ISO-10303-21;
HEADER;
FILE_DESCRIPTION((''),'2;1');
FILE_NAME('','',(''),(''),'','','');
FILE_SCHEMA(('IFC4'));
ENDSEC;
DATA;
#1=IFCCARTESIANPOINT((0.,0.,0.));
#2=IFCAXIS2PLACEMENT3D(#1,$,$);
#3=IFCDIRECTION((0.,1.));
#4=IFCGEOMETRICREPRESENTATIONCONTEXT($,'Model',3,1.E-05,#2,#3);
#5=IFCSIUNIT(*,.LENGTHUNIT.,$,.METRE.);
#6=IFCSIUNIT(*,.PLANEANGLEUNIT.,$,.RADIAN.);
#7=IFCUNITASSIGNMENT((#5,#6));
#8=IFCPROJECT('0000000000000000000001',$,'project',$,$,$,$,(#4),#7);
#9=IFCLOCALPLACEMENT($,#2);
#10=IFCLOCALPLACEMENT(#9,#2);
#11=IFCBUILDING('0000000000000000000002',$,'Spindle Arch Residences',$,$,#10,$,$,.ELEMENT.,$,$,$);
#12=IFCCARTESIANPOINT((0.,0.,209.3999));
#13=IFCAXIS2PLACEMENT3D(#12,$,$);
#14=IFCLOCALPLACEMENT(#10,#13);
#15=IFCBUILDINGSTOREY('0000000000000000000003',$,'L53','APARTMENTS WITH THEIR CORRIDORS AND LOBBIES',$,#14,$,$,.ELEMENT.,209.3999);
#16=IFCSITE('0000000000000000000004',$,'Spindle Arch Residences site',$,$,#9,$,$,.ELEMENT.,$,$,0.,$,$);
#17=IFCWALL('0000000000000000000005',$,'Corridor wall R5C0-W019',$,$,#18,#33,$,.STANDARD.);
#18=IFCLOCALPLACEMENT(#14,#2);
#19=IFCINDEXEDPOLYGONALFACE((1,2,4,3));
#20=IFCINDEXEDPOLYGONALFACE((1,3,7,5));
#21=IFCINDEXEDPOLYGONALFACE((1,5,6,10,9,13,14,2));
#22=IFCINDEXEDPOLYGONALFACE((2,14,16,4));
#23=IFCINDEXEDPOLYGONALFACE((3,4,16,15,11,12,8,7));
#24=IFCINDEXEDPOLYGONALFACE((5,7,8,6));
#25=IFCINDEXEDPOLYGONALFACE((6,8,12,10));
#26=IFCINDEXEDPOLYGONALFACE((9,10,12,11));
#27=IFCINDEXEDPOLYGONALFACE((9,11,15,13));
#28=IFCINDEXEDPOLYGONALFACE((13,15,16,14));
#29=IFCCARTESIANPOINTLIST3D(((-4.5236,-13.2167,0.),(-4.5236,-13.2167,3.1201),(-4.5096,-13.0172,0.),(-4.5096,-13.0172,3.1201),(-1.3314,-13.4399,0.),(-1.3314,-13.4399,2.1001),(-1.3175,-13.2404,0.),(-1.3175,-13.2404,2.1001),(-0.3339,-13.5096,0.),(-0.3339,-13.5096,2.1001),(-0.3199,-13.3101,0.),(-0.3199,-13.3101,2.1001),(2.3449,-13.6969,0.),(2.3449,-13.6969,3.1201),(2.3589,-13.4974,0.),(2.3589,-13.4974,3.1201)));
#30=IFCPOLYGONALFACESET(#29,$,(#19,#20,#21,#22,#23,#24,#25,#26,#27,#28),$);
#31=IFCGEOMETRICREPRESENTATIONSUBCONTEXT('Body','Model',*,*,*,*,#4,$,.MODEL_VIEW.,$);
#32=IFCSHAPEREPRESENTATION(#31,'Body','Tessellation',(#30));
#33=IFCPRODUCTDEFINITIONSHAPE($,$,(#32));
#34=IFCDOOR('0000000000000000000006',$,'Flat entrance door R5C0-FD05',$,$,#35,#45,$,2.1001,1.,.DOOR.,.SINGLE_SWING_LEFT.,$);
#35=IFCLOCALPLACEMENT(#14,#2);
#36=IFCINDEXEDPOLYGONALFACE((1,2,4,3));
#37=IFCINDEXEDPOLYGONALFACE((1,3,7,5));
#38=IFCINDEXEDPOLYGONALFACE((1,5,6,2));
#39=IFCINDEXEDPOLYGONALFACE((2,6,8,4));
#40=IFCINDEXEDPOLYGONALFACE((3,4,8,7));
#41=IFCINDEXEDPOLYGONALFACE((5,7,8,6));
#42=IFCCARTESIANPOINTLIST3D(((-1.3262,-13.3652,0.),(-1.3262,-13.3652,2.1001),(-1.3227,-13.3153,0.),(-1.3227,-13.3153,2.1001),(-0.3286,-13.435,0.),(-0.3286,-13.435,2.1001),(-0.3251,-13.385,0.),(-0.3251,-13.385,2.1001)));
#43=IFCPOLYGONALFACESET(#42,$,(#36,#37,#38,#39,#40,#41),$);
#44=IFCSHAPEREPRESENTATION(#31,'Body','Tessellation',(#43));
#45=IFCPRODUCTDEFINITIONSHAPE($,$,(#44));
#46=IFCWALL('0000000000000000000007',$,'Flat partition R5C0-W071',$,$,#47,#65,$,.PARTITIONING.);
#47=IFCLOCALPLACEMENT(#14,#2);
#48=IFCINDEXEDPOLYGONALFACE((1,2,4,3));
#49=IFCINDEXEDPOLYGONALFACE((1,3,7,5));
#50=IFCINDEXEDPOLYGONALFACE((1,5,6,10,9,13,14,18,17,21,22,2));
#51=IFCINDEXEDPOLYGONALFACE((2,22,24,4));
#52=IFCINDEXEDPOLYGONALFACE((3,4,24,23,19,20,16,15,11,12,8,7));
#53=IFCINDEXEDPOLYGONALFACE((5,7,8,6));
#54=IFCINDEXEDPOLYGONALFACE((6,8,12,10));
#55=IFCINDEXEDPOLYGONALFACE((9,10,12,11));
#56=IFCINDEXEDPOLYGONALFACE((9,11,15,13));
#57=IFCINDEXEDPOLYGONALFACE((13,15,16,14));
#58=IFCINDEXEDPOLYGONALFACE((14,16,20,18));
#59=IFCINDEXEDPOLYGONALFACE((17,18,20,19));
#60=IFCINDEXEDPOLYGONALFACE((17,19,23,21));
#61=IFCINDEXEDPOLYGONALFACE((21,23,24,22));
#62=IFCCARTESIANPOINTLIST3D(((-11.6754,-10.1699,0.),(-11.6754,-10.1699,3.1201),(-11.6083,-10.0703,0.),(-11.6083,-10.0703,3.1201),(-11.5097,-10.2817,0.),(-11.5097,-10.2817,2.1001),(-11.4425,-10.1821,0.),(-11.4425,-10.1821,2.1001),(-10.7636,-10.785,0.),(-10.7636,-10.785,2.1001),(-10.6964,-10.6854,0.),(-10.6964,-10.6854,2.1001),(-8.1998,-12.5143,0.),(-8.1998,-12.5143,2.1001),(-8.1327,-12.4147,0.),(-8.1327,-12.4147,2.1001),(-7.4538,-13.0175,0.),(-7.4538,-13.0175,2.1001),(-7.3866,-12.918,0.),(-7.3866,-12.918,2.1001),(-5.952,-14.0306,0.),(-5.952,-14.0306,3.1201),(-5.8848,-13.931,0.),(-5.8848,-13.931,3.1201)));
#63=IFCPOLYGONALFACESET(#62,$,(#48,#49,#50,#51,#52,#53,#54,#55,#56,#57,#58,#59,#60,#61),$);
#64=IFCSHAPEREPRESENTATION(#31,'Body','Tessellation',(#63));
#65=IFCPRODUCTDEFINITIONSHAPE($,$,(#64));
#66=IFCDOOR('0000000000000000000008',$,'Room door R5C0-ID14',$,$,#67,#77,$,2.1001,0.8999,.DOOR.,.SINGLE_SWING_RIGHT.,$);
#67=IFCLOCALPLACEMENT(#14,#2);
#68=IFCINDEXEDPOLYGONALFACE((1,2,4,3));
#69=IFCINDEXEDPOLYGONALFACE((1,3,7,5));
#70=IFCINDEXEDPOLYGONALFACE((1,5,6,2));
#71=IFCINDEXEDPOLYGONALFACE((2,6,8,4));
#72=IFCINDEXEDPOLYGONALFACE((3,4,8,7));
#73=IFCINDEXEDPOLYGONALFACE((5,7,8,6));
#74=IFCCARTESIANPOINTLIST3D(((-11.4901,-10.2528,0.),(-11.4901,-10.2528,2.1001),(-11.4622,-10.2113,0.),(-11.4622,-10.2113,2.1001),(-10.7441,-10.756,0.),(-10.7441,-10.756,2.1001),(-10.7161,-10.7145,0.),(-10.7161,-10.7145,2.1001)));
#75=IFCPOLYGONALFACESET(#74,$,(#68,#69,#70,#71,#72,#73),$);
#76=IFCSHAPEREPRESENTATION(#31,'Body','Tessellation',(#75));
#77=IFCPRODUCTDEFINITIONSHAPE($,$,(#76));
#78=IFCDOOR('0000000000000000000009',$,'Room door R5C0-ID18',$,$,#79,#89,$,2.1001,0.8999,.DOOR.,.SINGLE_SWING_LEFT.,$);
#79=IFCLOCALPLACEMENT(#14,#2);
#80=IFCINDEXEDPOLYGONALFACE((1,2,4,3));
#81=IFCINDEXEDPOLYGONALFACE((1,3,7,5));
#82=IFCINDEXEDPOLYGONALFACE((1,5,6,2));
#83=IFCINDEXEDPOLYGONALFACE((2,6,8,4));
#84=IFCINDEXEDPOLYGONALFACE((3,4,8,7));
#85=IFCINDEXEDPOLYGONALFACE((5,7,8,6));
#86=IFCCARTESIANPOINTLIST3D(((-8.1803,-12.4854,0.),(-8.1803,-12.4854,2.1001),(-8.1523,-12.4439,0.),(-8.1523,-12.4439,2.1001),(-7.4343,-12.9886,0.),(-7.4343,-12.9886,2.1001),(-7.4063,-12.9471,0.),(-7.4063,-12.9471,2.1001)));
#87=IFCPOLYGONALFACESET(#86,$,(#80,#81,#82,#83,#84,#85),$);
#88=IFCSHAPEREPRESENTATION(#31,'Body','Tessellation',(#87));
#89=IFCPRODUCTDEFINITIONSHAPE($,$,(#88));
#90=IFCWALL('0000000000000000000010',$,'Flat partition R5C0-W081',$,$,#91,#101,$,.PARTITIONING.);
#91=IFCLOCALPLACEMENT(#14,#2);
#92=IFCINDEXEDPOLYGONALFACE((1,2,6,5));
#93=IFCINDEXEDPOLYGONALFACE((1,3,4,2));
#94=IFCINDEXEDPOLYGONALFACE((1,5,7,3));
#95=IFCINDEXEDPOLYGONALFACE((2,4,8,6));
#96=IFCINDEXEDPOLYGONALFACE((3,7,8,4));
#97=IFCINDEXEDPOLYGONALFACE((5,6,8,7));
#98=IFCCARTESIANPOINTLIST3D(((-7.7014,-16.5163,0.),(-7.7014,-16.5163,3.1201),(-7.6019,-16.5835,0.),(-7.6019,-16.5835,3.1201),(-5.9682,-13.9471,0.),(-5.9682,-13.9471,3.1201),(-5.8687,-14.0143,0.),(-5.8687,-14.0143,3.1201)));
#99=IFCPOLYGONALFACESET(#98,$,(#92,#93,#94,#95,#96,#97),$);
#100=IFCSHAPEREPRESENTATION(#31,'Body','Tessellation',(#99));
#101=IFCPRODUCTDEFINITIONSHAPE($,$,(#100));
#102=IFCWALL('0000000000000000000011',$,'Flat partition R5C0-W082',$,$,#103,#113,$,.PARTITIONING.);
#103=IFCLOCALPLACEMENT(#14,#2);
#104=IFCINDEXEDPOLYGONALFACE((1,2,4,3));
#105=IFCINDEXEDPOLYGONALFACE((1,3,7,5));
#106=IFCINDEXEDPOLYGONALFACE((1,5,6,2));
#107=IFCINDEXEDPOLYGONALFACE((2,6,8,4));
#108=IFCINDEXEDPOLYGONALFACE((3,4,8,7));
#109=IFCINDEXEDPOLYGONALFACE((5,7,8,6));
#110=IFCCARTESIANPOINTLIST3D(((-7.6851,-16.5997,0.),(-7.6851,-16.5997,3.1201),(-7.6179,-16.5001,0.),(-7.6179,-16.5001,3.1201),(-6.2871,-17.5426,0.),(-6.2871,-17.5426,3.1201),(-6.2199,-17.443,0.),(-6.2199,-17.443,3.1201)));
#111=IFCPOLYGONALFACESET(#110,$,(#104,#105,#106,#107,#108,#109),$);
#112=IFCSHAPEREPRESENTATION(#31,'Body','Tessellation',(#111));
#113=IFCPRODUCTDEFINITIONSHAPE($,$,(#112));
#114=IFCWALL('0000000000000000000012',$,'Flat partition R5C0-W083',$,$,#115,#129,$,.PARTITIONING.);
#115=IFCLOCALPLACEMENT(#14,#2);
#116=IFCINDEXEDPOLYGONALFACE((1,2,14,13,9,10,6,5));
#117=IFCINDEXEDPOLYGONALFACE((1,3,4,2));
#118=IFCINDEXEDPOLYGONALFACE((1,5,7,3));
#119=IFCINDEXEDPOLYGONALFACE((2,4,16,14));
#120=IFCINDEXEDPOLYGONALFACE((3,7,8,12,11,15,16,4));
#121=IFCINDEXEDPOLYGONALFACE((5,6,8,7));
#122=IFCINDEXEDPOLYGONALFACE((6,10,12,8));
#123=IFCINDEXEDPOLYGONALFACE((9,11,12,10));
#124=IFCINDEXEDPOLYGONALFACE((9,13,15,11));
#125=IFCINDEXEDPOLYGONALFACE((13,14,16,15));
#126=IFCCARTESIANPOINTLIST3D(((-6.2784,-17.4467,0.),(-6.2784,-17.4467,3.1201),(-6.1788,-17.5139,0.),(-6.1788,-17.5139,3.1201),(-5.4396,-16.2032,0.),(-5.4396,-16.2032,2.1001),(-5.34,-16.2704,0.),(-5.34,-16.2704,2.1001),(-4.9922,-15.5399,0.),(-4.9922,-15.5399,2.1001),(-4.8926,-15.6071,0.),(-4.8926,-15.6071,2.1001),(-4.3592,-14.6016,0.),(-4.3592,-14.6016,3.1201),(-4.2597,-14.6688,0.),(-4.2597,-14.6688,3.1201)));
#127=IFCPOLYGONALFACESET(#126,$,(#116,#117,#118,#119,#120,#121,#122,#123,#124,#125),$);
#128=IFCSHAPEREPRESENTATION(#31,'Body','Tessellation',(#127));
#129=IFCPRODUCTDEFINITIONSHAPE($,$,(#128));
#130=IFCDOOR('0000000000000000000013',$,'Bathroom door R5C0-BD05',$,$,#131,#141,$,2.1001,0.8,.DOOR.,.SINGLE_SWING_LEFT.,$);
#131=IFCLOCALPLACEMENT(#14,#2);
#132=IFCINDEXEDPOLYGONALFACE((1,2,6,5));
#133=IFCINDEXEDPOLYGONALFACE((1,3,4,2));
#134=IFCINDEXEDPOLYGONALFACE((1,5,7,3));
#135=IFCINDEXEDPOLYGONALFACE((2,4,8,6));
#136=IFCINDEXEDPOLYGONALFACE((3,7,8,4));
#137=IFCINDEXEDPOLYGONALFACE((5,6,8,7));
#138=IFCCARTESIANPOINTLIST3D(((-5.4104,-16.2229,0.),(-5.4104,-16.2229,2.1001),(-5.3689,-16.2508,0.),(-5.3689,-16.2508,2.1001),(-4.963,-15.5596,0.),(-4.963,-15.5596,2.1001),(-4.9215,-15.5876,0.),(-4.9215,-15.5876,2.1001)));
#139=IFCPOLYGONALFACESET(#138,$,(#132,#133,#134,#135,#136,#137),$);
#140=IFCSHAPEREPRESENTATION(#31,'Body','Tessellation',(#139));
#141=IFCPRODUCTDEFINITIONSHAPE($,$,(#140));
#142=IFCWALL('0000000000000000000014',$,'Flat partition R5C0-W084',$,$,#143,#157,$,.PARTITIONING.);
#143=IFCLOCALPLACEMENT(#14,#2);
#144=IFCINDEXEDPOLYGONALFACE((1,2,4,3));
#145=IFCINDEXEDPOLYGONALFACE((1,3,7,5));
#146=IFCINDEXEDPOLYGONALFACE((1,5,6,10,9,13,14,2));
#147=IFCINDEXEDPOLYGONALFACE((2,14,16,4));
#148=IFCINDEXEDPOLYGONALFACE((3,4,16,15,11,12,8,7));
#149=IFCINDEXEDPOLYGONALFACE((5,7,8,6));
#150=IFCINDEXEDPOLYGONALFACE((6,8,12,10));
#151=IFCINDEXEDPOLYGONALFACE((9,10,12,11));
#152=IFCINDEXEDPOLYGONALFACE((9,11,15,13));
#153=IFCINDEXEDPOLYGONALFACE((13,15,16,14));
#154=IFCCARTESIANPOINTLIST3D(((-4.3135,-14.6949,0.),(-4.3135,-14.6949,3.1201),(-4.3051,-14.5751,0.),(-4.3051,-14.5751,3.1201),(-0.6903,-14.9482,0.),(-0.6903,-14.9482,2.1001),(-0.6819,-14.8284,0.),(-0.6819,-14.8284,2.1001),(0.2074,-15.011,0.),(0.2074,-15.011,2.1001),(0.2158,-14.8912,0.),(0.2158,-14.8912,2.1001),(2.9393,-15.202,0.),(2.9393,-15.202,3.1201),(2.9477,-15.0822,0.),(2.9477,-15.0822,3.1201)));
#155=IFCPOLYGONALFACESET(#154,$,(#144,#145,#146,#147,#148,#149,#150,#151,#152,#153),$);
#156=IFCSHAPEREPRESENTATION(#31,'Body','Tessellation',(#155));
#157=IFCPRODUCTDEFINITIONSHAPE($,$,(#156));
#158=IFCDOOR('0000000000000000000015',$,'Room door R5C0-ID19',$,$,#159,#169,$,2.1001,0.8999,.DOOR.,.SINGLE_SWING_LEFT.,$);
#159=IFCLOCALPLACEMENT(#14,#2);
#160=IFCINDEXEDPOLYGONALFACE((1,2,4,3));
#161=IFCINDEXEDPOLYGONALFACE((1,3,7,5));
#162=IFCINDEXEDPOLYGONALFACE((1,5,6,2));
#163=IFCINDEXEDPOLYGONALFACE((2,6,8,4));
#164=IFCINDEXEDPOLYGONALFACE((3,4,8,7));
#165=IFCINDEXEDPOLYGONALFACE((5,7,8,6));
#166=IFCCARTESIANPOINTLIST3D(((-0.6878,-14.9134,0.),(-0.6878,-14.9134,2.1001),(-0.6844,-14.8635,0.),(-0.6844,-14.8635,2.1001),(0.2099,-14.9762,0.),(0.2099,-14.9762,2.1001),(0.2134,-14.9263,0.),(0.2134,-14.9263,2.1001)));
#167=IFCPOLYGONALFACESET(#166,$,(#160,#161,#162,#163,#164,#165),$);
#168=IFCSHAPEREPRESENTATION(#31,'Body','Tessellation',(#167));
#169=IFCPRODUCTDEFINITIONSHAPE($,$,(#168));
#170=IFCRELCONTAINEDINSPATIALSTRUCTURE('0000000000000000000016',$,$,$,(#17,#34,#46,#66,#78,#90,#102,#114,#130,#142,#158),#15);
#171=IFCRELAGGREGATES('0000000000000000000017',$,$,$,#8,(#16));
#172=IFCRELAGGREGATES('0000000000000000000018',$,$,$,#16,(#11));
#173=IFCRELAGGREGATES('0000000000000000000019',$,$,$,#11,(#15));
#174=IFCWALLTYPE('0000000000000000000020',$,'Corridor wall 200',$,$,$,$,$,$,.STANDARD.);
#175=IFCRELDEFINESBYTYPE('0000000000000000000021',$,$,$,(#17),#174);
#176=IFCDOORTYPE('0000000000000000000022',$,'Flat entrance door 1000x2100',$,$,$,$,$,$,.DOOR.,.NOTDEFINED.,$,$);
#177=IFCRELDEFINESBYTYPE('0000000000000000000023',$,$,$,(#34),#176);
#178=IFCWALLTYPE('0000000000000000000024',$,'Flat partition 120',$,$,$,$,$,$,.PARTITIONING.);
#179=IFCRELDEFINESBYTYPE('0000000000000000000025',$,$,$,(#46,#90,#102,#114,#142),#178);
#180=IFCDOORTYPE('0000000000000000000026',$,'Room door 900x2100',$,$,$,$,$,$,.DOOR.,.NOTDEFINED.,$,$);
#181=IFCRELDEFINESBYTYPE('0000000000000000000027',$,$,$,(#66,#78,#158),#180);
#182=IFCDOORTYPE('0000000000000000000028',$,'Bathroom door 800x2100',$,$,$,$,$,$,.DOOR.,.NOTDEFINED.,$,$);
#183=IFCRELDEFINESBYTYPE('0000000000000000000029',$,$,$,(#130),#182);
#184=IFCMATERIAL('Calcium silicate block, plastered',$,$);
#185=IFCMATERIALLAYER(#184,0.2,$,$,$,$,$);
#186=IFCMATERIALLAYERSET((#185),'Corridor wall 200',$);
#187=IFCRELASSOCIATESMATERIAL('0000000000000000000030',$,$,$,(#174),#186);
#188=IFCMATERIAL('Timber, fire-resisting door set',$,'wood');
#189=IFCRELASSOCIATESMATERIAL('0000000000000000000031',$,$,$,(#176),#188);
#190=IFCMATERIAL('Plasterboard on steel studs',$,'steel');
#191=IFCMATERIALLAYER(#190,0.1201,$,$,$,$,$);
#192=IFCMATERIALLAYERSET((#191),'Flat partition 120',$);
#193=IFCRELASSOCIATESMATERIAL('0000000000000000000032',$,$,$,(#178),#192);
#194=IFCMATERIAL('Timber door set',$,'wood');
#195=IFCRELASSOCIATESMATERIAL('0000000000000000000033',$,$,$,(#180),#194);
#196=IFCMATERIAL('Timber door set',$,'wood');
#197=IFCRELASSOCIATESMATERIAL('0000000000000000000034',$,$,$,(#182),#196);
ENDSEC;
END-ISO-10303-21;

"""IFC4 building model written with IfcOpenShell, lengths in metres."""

from ifc_helpers import new_model, si_unit, direction, frame, frame_2d, origin, place, context, subcontext, project, spatial, rectangle, extrude, material, layer, layer_set, type_object, element, fill, save


model = new_model("IFC4")

# Units and contexts
model_context = context("Model", 3, precision=1e-05, world=origin(), true_north=direction((0.0, 1.0)))
body_context = subcontext(model_context, "Body", "Model", "MODEL_VIEW")
ifc_project = project(units=[si_unit("LENGTHUNIT", "METRE"), si_unit("PLANEANGLEUNIT", "RADIAN")], contexts=[model_context])

# Site, building, storey
site_placement = place(None, origin())
site = spatial("IfcSite", under=ifc_project, at=site_placement, Name="Spindle Arch Residences site", CompositionType="ELEMENT", RefElevation=0.0)
building_placement = place(site_placement, origin())
building = spatial("IfcBuilding", under=site, at=building_placement, Name="Spindle Arch Residences", CompositionType="ELEMENT")
storey_placement = place(building_placement, frame((0.0, 0.0, 209.3999)))
storey = spatial("IfcBuildingStorey", under=building, at=storey_placement, Name="L53", Description="APARTMENTS WITH THEIR CORRIDORS AND LOBBIES", CompositionType="ELEMENT", Elevation=209.3999)

# Wall, opening, door
ifc_material_1 = material(Name="Calcium silicate block, plastered")
ifc_layer_1 = layer(ifc_material_1, 0.2)
ifc_layer_set_1 = layer_set([ifc_layer_1], Name="Corridor wall 200")
wall_type_1 = type_object("IfcWallType", Name="Corridor wall 200", PredefinedType="STANDARD", material=ifc_layer_set_1)
wall_1_placement = place(storey_placement, frame((-4.5166, -13.1169, 0.0), z_axis=(0.0, 0.0, 1.0), x_axis=(0.997565, -0.069748, 0.0)))
wall_1 = element("IfcWall", 1, at=wall_1_placement, inside=storey, type_object=wall_type_1, Name="Corridor wall R5C0-W019", PredefinedType="STANDARD", context=body_context, shape_type="SweptSolid", body=[
    extrude(rectangle(XDim=6.8853, YDim=0.2, at=frame_2d((3.4426, 0.0))), origin(), (0.0, 0.0, 1.0), 3.1201),
])
opening_1_placement = place(wall_1_placement, frame((3.2, 0.0, 0.0)))
opening_1 = element("IfcOpeningElement", 2, at=opening_1_placement, cuts=wall_1, PredefinedType="OPENING", context=body_context, shape_type="SweptSolid", body=[
    extrude(rectangle(XDim=1.0, YDim=2.1001, at=frame_2d((0.5, 1.05))), frame((0.0, 0.1099, 0.0), z_axis=(0.0, -1.0, 0.0), x_axis=(1.0, 0.0, 0.0)), (0.0, 0.0, 1.0), 0.22),
])
ifc_material_2 = material(Name="Timber, fire-resisting door set", Category="wood")
door_type_1 = type_object("IfcDoorType", Name="Flat entrance door 1000x2100", OperationType="NOTDEFINED", PredefinedType="DOOR", material=ifc_material_2)
door_1_placement = place(opening_1_placement, origin())
door_1 = element("IfcDoor", 3, at=door_1_placement, inside=storey, type_object=door_type_1, Name="Flat entrance door R5C0-FD05", OperationType="SINGLE_SWING_LEFT", OverallHeight=2.1001, OverallWidth=1.0, PredefinedType="DOOR", context=body_context, shape_type="SweptSolid", body=[
    extrude(rectangle(XDim=1.0, YDim=2.1001, at=frame_2d((0.5, 1.05))), frame((0.0, 0.0249, 0.0), z_axis=(0.0, -1.0, 0.0), x_axis=(1.0, 0.0, 0.0)), (0.0, 0.0, 1.0), 0.05),
])
fill(opening_1, door_1)

# Wall, openings, doors
ifc_material_3 = material(Name="Plasterboard on steel studs", Category="steel")
ifc_layer_2 = layer(ifc_material_3, 0.1201)
ifc_layer_set_2 = layer_set([ifc_layer_2], Name="Flat partition 120")
wall_type_2 = type_object("IfcWallType", Name="Flat partition 120", PredefinedType="PARTITIONING", material=ifc_layer_set_2)
wall_2_placement = place(storey_placement, frame((-11.6418, -10.1201, 0.0), z_axis=(0.0, 0.0, 1.0), x_axis=(0.829029, -0.559205, 0.0)))
wall_2 = element("IfcWall", 4, at=wall_2_placement, inside=storey, type_object=wall_type_2, Name="Flat partition R5C0-W071", PredefinedType="PARTITIONING", context=body_context, shape_type="SweptSolid", body=[
    extrude(rectangle(XDim=6.9038, YDim=0.1201, at=frame_2d((3.4519, 0.0))), origin(), (0.0, 0.0, 1.0), 3.1201),
])
opening_2_placement = place(wall_2_placement, frame((0.2, 0.0, 0.0)))
opening_2 = element("IfcOpeningElement", 5, at=opening_2_placement, cuts=wall_2, PredefinedType="OPENING", context=body_context, shape_type="SweptSolid", body=[
    extrude(rectangle(XDim=0.8999, YDim=2.1001, at=frame_2d((0.45, 1.05))), frame((0.0, 0.0701, 0.0), z_axis=(0.0, -1.0, 0.0), x_axis=(1.0, 0.0, 0.0)), (0.0, 0.0, 1.0), 0.1401),
])
opening_3_placement = place(wall_2_placement, frame((4.1924, 0.0, 0.0)))
opening_3 = element("IfcOpeningElement", 6, at=opening_3_placement, cuts=wall_2, PredefinedType="OPENING", context=body_context, shape_type="SweptSolid", body=[
    extrude(rectangle(XDim=0.8999, YDim=2.1001, at=frame_2d((0.45, 1.05))), frame((0.0, 0.0701, 0.0), z_axis=(0.0, -1.0, 0.0), x_axis=(1.0, 0.0, 0.0)), (0.0, 0.0, 1.0), 0.1401),
])
ifc_material_4 = material(Name="Timber door set", Category="wood")
door_type_2 = type_object("IfcDoorType", Name="Room door 900x2100", OperationType="NOTDEFINED", PredefinedType="DOOR", material=ifc_material_4)
door_2_placement = place(opening_2_placement, origin())
door_2 = element("IfcDoor", 7, at=door_2_placement, inside=storey, type_object=door_type_2, Name="Room door R5C0-ID14", OperationType="SINGLE_SWING_RIGHT", OverallHeight=2.1001, OverallWidth=0.8999, PredefinedType="DOOR", context=body_context, shape_type="SweptSolid", body=[
    extrude(rectangle(XDim=0.8999, YDim=2.1001, at=frame_2d((0.45, 1.05))), frame((0.0, 0.0249, 0.0), z_axis=(0.0, -1.0, 0.0), x_axis=(1.0, 0.0, 0.0)), (0.0, 0.0, 1.0), 0.05),
])
fill(opening_2, door_2)
door_3_placement = place(opening_3_placement, origin())
door_3 = element("IfcDoor", 8, at=door_3_placement, inside=storey, type_object=door_type_2, Name="Room door R5C0-ID18", OperationType="SINGLE_SWING_LEFT", OverallHeight=2.1001, OverallWidth=0.8999, PredefinedType="DOOR", context=body_context, shape_type="SweptSolid", body=[
    extrude(rectangle(XDim=0.8999, YDim=2.1001, at=frame_2d((0.45, 1.05))), frame((0.0, 0.0249, 0.0), z_axis=(0.0, -1.0, 0.0), x_axis=(1.0, 0.0, 0.0)), (0.0, 0.0, 1.0), 0.05),
])
fill(opening_3, door_3)

# Walls
wall_3_placement = place(storey_placement, frame((-5.9185, -13.9807, 0.0), z_axis=(0.0, 0.0, 1.0), x_axis=(-0.559255, -0.828996, 0.0)))
element("IfcWall", 9, at=wall_3_placement, inside=storey, type_object=wall_type_2, Name="Flat partition R5C0-W081", PredefinedType="PARTITIONING", context=body_context, shape_type="SweptSolid", body=[
    extrude(rectangle(XDim=3.0991, YDim=0.1201, at=frame_2d((1.5496, 0.0))), origin(), (0.0, 0.0, 1.0), 3.1201),
])
wall_4_placement = place(storey_placement, frame((-7.6516, -16.5498, 0.0), z_axis=(0.0, 0.0, 1.0), x_axis=(0.829053, -0.559169, 0.0)))
element("IfcWall", 10, at=wall_4_placement, inside=storey, type_object=wall_type_2, Name="Flat partition R5C0-W082", PredefinedType="PARTITIONING", context=body_context, shape_type="SweptSolid", body=[
    extrude(rectangle(XDim=1.6863, YDim=0.1201, at=frame_2d((0.8433, 0.0))), origin(), (0.0, 0.0, 1.0), 3.1201),
])

# Walls, openings, doors
wall_5_placement = place(storey_placement, frame((-6.2285, -17.4802, 0.0), z_axis=(0.0, 0.0, 1.0), x_axis=(0.559206, 0.829028, 0.0)))
wall_5 = element("IfcWall", 11, at=wall_5_placement, inside=storey, type_object=wall_type_2, Name="Flat partition R5C0-W083", PredefinedType="PARTITIONING", context=body_context, shape_type="SweptSolid", body=[
    extrude(rectangle(XDim=3.4319, YDim=0.1201, at=frame_2d((1.7158, 0.0))), origin(), (0.0, 0.0, 1.0), 3.1201),
])
opening_4_placement = place(wall_5_placement, frame((1.5, 0.0, 0.0)))
opening_4 = element("IfcOpeningElement", 12, at=opening_4_placement, cuts=wall_5, PredefinedType="OPENING", context=body_context, shape_type="SweptSolid", body=[
    extrude(rectangle(XDim=0.8, YDim=2.1001, at=frame_2d((0.3999, 1.05))), frame((0.0, 0.0701, 0.0), z_axis=(0.0, -1.0, 0.0), x_axis=(1.0, 0.0, 0.0)), (0.0, 0.0, 1.0), 0.1401),
])
ifc_material_5 = material(Name="Timber door set", Category="wood")
door_type_3 = type_object("IfcDoorType", Name="Bathroom door 800x2100", OperationType="NOTDEFINED", PredefinedType="DOOR", material=ifc_material_5)
door_4_placement = place(opening_4_placement, origin())
door_4 = element("IfcDoor", 13, at=door_4_placement, inside=storey, type_object=door_type_3, Name="Bathroom door R5C0-BD05", OperationType="SINGLE_SWING_LEFT", OverallHeight=2.1001, OverallWidth=0.8, PredefinedType="DOOR", context=body_context, shape_type="SweptSolid", body=[
    extrude(rectangle(XDim=0.8, YDim=2.1001, at=frame_2d((0.3999, 1.05))), frame((0.0, 0.0249, 0.0), z_axis=(0.0, -1.0, 0.0), x_axis=(1.0, 0.0, 0.0)), (0.0, 0.0, 1.0), 0.05),
])
fill(opening_4, door_4)
wall_6_placement = place(storey_placement, frame((-4.3093, -14.635, 0.0), z_axis=(0.0, 0.0, 1.0), x_axis=(0.997565, -0.069746, 0.0)))
wall_6 = element("IfcWall", 14, at=wall_6_placement, inside=storey, type_object=wall_type_2, Name="Flat partition R5C0-W084", PredefinedType="PARTITIONING", context=body_context, shape_type="SweptSolid", body=[
    extrude(rectangle(XDim=7.2705, YDim=0.1201, at=frame_2d((3.6353, 0.0))), origin(), (0.0, 0.0, 1.0), 3.1201),
])
opening_5_placement = place(wall_6_placement, frame((3.6321, 0.0, 0.0)))
opening_5 = element("IfcOpeningElement", 15, at=opening_5_placement, cuts=wall_6, PredefinedType="OPENING", context=body_context, shape_type="SweptSolid", body=[
    extrude(rectangle(XDim=0.8999, YDim=2.1001, at=frame_2d((0.45, 1.05))), frame((0.0, 0.0701, 0.0), z_axis=(0.0, -1.0, 0.0), x_axis=(1.0, 0.0, 0.0)), (0.0, 0.0, 1.0), 0.1401),
])
door_5_placement = place(opening_5_placement, origin())
door_5 = element("IfcDoor", 16, at=door_5_placement, inside=storey, type_object=door_type_2, Name="Room door R5C0-ID19", OperationType="SINGLE_SWING_LEFT", OverallHeight=2.1001, OverallWidth=0.8999, PredefinedType="DOOR", context=body_context, shape_type="SweptSolid", body=[
    extrude(rectangle(XDim=0.8999, YDim=2.1001, at=frame_2d((0.45, 1.05))), frame((0.0, 0.0249, 0.0), z_axis=(0.0, -1.0, 0.0), x_axis=(1.0, 0.0, 0.0)), (0.0, 0.0, 1.0), 0.05),
])
fill(opening_5, door_5)

save(model, "model.ifc")
